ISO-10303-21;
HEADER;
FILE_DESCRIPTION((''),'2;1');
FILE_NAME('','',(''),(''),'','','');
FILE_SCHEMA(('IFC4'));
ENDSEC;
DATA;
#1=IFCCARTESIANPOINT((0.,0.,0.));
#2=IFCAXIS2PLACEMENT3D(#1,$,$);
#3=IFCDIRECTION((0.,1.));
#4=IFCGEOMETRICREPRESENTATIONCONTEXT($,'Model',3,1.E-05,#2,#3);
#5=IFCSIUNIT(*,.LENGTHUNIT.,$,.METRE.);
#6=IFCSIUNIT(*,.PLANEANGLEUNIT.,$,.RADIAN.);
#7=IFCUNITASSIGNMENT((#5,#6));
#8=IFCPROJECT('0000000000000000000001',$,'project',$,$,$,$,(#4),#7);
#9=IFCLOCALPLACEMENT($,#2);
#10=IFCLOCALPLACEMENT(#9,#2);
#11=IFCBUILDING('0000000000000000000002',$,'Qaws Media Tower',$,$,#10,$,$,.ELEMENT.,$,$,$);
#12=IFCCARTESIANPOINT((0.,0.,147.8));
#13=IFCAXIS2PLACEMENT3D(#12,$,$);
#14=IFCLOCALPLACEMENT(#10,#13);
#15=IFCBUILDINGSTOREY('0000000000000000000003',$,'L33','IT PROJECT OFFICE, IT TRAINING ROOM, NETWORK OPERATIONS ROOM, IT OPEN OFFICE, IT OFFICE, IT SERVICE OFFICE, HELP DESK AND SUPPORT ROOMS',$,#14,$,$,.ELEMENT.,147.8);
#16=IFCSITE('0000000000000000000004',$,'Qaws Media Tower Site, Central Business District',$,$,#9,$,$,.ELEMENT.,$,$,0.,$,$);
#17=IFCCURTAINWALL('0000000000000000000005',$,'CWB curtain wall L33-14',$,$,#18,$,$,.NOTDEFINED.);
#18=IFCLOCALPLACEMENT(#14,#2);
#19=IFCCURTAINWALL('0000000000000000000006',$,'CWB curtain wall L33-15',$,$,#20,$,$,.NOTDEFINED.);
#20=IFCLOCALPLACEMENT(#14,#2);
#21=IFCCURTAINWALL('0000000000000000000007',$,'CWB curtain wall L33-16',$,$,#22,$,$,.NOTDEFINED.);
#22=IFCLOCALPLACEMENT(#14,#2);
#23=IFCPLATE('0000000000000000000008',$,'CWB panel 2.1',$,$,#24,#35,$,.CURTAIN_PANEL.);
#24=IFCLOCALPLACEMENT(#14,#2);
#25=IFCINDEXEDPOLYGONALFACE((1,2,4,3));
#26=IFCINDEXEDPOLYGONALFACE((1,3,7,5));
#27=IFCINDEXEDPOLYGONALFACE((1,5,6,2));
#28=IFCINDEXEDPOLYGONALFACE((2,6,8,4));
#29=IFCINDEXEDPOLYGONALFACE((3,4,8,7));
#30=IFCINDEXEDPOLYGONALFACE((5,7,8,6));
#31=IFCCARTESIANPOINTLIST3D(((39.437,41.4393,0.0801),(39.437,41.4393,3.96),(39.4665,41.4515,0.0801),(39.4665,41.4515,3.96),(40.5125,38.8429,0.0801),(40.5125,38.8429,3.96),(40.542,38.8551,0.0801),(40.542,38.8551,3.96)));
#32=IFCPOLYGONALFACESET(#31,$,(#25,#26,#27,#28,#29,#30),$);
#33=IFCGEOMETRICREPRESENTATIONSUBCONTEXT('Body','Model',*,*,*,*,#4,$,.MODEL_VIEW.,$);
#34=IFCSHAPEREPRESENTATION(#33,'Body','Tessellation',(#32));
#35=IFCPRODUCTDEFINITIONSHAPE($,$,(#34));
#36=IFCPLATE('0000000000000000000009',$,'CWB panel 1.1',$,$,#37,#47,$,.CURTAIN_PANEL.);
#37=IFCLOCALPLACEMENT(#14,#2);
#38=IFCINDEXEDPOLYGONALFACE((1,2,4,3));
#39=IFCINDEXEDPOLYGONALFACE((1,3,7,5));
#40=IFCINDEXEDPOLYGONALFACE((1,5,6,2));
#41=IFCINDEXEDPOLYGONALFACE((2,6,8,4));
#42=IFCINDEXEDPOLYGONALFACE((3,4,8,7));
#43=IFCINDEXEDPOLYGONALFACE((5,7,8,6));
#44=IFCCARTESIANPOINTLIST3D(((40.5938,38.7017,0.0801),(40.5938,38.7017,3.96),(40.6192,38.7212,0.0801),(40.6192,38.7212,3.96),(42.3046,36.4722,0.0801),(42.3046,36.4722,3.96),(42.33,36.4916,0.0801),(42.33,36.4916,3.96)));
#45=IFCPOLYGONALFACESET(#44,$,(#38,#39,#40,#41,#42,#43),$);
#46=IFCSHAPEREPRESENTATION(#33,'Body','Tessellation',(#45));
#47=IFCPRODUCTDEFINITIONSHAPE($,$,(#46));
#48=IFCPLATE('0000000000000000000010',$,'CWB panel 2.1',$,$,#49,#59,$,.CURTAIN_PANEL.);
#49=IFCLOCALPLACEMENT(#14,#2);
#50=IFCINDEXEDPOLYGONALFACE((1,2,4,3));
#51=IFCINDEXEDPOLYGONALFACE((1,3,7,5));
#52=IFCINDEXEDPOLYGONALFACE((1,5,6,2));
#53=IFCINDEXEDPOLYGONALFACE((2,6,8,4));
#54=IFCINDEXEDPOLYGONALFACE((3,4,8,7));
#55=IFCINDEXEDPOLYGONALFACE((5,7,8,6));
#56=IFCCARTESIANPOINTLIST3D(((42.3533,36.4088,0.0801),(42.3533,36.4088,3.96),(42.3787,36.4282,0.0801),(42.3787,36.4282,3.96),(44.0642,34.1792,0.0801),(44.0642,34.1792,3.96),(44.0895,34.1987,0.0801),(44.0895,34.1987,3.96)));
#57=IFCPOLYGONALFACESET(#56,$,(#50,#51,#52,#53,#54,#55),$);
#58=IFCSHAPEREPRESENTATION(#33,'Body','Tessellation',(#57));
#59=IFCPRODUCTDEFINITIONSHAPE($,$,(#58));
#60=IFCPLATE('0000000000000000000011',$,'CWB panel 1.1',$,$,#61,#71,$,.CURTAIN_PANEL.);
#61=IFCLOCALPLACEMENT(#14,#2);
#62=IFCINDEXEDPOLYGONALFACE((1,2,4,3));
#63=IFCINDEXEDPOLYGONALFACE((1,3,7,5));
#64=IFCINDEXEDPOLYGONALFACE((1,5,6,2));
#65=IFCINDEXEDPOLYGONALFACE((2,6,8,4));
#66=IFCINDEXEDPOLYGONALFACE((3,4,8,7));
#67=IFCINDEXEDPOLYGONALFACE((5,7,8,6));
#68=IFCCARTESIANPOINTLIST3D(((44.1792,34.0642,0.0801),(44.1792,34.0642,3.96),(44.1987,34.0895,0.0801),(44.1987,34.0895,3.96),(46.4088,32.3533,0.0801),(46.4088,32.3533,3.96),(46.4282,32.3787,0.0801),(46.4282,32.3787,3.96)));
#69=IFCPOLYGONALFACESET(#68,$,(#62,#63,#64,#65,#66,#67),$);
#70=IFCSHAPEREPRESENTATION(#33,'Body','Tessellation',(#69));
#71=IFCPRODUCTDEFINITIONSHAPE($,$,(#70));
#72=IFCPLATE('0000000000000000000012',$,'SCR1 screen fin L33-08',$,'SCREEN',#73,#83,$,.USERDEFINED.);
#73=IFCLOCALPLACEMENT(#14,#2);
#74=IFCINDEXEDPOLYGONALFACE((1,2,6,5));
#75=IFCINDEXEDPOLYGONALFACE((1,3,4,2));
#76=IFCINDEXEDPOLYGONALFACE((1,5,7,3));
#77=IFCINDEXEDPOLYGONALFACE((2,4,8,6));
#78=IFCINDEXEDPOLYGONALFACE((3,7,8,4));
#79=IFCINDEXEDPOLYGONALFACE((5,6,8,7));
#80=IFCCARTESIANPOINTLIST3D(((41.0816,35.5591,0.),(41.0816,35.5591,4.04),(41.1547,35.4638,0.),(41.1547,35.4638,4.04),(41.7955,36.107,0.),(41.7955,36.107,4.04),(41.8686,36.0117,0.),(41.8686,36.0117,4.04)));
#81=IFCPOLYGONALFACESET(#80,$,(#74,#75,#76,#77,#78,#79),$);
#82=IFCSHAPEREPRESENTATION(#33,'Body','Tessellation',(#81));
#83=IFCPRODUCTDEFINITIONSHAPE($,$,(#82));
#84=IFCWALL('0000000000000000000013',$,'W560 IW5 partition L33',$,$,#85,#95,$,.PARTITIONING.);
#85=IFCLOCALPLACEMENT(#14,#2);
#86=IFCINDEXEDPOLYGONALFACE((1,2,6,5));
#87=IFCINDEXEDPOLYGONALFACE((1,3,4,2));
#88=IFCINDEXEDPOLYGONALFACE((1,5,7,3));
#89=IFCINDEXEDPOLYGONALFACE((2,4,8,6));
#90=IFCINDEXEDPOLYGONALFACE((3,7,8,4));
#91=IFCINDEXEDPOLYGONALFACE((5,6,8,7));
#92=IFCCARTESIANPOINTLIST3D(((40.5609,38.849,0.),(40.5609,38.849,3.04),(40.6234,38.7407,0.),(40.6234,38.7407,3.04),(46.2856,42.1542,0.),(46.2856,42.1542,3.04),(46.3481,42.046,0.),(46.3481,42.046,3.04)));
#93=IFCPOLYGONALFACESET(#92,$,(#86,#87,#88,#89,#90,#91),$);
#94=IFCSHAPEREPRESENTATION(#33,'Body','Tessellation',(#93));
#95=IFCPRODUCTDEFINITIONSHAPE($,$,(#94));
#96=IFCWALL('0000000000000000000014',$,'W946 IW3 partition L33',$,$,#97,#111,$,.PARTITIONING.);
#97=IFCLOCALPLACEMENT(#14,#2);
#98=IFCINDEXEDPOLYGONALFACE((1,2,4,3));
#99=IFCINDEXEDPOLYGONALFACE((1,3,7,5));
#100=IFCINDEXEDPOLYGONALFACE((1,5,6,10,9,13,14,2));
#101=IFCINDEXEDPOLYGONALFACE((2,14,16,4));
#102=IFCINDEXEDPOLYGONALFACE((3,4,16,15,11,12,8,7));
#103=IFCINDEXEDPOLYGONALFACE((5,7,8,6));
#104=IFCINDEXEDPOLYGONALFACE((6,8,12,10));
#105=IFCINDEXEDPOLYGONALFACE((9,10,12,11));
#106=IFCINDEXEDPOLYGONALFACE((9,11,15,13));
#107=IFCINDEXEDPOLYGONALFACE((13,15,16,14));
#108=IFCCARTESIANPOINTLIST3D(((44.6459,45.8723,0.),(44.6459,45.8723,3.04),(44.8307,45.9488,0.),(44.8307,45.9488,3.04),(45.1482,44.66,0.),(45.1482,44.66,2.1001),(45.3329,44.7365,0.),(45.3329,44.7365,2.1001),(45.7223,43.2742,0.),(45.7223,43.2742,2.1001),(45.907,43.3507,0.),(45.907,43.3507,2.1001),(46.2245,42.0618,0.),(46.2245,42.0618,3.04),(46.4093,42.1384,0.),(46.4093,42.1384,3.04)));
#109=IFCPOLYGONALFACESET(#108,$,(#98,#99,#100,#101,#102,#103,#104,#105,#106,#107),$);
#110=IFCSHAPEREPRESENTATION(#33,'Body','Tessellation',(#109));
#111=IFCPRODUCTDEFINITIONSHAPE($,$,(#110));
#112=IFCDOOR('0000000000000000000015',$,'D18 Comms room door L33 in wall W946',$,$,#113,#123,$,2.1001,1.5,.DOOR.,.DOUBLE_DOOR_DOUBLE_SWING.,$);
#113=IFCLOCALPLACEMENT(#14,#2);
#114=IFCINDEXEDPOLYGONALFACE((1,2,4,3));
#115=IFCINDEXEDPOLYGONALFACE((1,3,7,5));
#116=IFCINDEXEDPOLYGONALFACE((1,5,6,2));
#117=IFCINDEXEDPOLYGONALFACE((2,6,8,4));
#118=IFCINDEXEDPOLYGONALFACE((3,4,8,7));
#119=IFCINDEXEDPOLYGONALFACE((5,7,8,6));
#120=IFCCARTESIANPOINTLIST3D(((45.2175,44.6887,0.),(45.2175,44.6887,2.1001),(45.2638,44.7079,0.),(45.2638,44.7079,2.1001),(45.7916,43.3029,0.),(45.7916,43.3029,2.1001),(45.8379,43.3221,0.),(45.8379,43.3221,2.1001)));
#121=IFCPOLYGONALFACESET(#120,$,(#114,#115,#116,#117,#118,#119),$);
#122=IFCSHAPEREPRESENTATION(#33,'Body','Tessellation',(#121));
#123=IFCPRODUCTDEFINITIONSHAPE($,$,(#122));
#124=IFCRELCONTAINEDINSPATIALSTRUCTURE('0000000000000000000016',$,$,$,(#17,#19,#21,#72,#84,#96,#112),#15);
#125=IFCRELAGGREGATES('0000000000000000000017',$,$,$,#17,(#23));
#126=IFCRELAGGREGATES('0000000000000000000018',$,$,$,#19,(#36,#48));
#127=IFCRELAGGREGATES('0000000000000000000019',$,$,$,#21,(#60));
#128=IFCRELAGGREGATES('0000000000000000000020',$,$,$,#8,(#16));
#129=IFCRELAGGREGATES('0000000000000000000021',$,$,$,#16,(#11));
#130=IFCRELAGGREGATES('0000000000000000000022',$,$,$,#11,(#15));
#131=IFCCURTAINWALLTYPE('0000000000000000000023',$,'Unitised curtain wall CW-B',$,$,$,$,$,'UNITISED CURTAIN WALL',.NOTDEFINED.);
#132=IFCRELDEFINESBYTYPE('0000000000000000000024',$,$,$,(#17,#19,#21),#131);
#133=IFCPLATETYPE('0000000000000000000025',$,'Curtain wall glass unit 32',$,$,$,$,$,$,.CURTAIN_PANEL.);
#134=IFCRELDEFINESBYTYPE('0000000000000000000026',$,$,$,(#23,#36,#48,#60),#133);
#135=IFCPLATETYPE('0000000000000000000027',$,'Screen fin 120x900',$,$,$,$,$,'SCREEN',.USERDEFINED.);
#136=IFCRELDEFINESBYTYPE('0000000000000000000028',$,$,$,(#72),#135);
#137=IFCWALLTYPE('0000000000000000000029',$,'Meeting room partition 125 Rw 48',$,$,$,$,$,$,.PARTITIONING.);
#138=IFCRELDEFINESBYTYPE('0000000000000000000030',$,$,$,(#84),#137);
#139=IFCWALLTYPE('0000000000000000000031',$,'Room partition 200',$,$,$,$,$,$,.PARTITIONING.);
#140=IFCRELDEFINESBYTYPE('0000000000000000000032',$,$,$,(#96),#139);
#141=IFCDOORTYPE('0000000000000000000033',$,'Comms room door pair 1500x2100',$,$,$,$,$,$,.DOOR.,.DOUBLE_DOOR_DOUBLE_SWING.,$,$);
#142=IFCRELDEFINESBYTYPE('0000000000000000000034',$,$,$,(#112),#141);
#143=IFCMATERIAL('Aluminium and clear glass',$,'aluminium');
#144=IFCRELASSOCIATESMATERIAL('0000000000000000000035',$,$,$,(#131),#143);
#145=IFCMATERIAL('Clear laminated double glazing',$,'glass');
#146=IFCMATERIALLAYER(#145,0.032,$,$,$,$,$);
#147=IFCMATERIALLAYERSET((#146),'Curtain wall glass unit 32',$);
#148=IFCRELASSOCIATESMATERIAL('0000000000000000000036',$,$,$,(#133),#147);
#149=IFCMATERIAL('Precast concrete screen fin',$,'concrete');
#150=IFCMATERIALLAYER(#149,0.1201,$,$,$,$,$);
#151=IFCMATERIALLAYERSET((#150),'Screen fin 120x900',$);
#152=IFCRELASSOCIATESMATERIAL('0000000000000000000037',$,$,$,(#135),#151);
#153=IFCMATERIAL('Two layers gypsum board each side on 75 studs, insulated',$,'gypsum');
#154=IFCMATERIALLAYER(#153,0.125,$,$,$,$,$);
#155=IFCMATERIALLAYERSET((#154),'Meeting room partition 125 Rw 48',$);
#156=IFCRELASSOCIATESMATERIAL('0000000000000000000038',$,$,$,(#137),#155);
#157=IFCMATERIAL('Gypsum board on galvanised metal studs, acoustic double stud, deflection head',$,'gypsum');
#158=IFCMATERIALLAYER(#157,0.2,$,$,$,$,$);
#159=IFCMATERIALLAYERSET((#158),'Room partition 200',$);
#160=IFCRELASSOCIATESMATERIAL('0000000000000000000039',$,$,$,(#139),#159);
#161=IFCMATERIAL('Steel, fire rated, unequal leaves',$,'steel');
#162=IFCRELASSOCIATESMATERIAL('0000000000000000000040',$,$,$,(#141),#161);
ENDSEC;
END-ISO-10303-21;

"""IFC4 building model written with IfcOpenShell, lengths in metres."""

from ifc_helpers import new_model, si_unit, direction, frame, frame_2d, origin, origin_2d, place, context, subcontext, project, spatial, rectangle, extrude, material, layer, layer_set, type_object, element, fill, aggregate, save


model = new_model("IFC4")

# Units and contexts
model_context = context("Model", 3, precision=1e-05, world=origin(), true_north=direction((0.0, 1.0)))
body_context = subcontext(model_context, "Body", "Model", "MODEL_VIEW")
ifc_project = project(units=[si_unit("LENGTHUNIT", "METRE"), si_unit("PLANEANGLEUNIT", "RADIAN")], contexts=[model_context])

# Site, building, storey
site_placement = place(None, origin())
site = spatial("IfcSite", under=ifc_project, at=site_placement, Name="Qaws Media Tower Site, Central Business District", CompositionType="ELEMENT", RefElevation=0.0)
building_placement = place(site_placement, origin())
building = spatial("IfcBuilding", under=site, at=building_placement, Name="Qaws Media Tower", CompositionType="ELEMENT")
storey_placement = place(building_placement, frame((0.0, 0.0, 147.8)))
storey = spatial("IfcBuildingStorey", under=building, at=storey_placement, Name="L33", Description="IT PROJECT OFFICE, IT TRAINING ROOM, NETWORK OPERATIONS ROOM, IT OPEN OFFICE, IT OFFICE, IT SERVICE OFFICE, HELP DESK AND SUPPORT ROOMS", CompositionType="ELEMENT", Elevation=147.8)

# Curtain wall
ifc_material_1 = material(Name="Aluminium and clear glass", Category="aluminium")
curtain_wall_type = type_object("IfcCurtainWallType", Name="Unitised curtain wall CW-B", ElementType="UNITISED CURTAIN WALL", PredefinedType="NOTDEFINED", material=ifc_material_1)
curtain_wall_1_placement = place(storey_placement, origin())
curtain_wall_1 = element("IfcCurtainWall", 1, at=curtain_wall_1_placement, inside=storey, type_object=curtain_wall_type, Name="CWB curtain wall L33-14", PredefinedType="NOTDEFINED")

# Curtain wall
curtain_wall_2_placement = place(storey_placement, origin())
curtain_wall_2 = element("IfcCurtainWall", 2, at=curtain_wall_2_placement, inside=storey, type_object=curtain_wall_type, Name="CWB curtain wall L33-15", PredefinedType="NOTDEFINED")

# Curtain wall
curtain_wall_3_placement = place(storey_placement, origin())
curtain_wall_3 = element("IfcCurtainWall", 3, at=curtain_wall_3_placement, inside=storey, type_object=curtain_wall_type, Name="CWB curtain wall L33-16", PredefinedType="NOTDEFINED")

# Plates
ifc_material_2 = material(Name="Clear laminated double glazing", Category="glass")
ifc_layer_1 = layer(ifc_material_2, 0.032)
ifc_layer_set_1 = layer_set([ifc_layer_1], Name="Curtain wall glass unit 32")
plate_type_1 = type_object("IfcPlateType", Name="Curtain wall glass unit 32", PredefinedType="CURTAIN_PANEL", material=ifc_layer_set_1)
plate_1_placement = place(storey_placement, frame((39.9895, 40.1472, 0.0801), z_axis=(0.0, 0.0, 1.0), x_axis=(0.382684, -0.923879, 0.0)))
plate_1 = element("IfcPlate", 4, at=plate_1_placement, type_object=plate_type_1, Name="CWB panel 2.1", PredefinedType="CURTAIN_PANEL", context=body_context, shape_type="SweptSolid", body=[
    extrude(rectangle(XDim=2.8103, YDim=0.032, at=origin_2d()), origin(), (0.0, 0.0, 1.0), 3.8799),
])
aggregate(curtain_wall_1, [plate_1])
plate_2_placement = place(storey_placement, frame((41.4619, 37.5967, 0.0801), z_axis=(0.0, 0.0, 1.0), x_axis=(0.608761, -0.793353, 0.0)))
plate_2 = element("IfcPlate", 5, at=plate_2_placement, type_object=plate_type_1, Name="CWB panel 1.1", PredefinedType="CURTAIN_PANEL", context=body_context, shape_type="SweptSolid", body=[
    extrude(rectangle(XDim=2.8103, YDim=0.032, at=origin_2d()), origin(), (0.0, 0.0, 1.0), 3.8799),
])
plate_3_placement = place(storey_placement, frame((43.2214, 35.3037, 0.0801), z_axis=(0.0, 0.0, 1.0), x_axis=(0.608761, -0.793353, 0.0)))
plate_3 = element("IfcPlate", 6, at=plate_3_placement, type_object=plate_type_1, Name="CWB panel 2.1", PredefinedType="CURTAIN_PANEL", context=body_context, shape_type="SweptSolid", body=[
    extrude(rectangle(XDim=2.8103, YDim=0.032, at=origin_2d()), origin(), (0.0, 0.0, 1.0), 3.8799),
])
aggregate(curtain_wall_2, [plate_2, plate_3])
plate_4_placement = place(storey_placement, frame((45.3037, 33.2214, 0.0801), z_axis=(0.0, 0.0, 1.0), x_axis=(0.793353, -0.608761, 0.0)))
plate_4 = element("IfcPlate", 7, at=plate_4_placement, type_object=plate_type_1, Name="CWB panel 1.1", PredefinedType="CURTAIN_PANEL", context=body_context, shape_type="SweptSolid", body=[
    extrude(rectangle(XDim=2.8103, YDim=0.032, at=origin_2d()), origin(), (0.0, 0.0, 1.0), 3.8799),
])
aggregate(curtain_wall_3, [plate_4])
ifc_material_3 = material(Name="Precast concrete screen fin", Category="concrete")
ifc_layer_2 = layer(ifc_material_3, 0.1201)
ifc_layer_set_2 = layer_set([ifc_layer_2], Name="Screen fin 120x900")
plate_type_2 = type_object("IfcPlateType", Name="Screen fin 120x900", ElementType="SCREEN", PredefinedType="USERDEFINED", material=ifc_layer_set_2)
plate_5_placement = place(storey_placement, frame((41.4751, 35.7854, 0.0), z_axis=(0.0, 0.0, 1.0), x_axis=(-0.793353, -0.608761, 0.0)))
element("IfcPlate", 8, at=plate_5_placement, inside=storey, type_object=plate_type_2, Name="SCR1 screen fin L33-08", ObjectType="SCREEN", PredefinedType="USERDEFINED", context=body_context, shape_type="SweptSolid", body=[
    extrude(rectangle(XDim=0.8999, YDim=0.1201, at=origin_2d()), origin(), (0.0, 0.0, 1.0), 4.04),
])

# Wall
ifc_material_4 = material(Name="Two layers gypsum board each side on 75 studs, insulated", Category="gypsum")
ifc_layer_3 = layer(ifc_material_4, 0.125)
ifc_layer_set_3 = layer_set([ifc_layer_3], Name="Meeting room partition 125 Rw 48")
wall_type_1 = type_object("IfcWallType", Name="Meeting room partition 125 Rw 48", PredefinedType="PARTITIONING", material=ifc_layer_set_3)
wall_1_placement = place(storey_placement, frame((46.3169, 42.1001, 0.0), z_axis=(0.0, 0.0, 1.0), x_axis=(-0.866021, -0.500008, 0.0)))
element("IfcWall", 9, at=wall_1_placement, inside=storey, type_object=wall_type_1, Name="W560 IW5 partition L33", PredefinedType="PARTITIONING", context=body_context, shape_type="SweptSolid", body=[
    extrude(rectangle(XDim=6.6104, YDim=0.125, at=frame_2d((3.3052, 0.0))), origin(), (0.0, 0.0, 1.0), 3.04),
])

# Wall, opening, door
ifc_material_5 = material(Name="Gypsum board on galvanised metal studs, acoustic double stud, deflection head", Category="gypsum")
ifc_layer_4 = layer(ifc_material_5, 0.2)
ifc_layer_set_4 = layer_set([ifc_layer_4], Name="Room partition 200")
wall_type_2 = type_object("IfcWallType", Name="Room partition 200", PredefinedType="PARTITIONING", material=ifc_layer_set_4)
wall_2_placement = place(storey_placement, frame((46.3169, 42.1001, 0.0), z_axis=(0.0, 0.0, 1.0), x_axis=(-0.382732, 0.92386, 0.0)))
wall_2 = element("IfcWall", 10, at=wall_2_placement, inside=storey, type_object=wall_type_2, Name="W946 IW3 partition L33", PredefinedType="PARTITIONING", context=body_context, shape_type="SweptSolid", body=[
    extrude(rectangle(XDim=4.1245, YDim=0.2, at=frame_2d((2.0623, 0.0))), origin(), (0.0, 0.0, 1.0), 3.04),
])
opening_1_placement = place(wall_2_placement, frame((1.3123, 0.0, 0.0)))
opening_1 = element("IfcOpeningElement", 11, at=opening_1_placement, cuts=wall_2, PredefinedType="OPENING", context=body_context, shape_type="SweptSolid", body=[
    extrude(rectangle(XDim=1.5, YDim=2.1001, at=frame_2d((0.75, 1.05))), frame((0.0, 0.1099, 0.0), z_axis=(0.0, -1.0, 0.0), x_axis=(1.0, 0.0, 0.0)), (0.0, 0.0, 1.0), 0.22),
])
ifc_material_6 = material(Name="Steel, fire rated, unequal leaves", Category="steel")
door_type_1 = type_object("IfcDoorType", Name="Comms room door pair 1500x2100", OperationType="DOUBLE_DOOR_DOUBLE_SWING", PredefinedType="DOOR", material=ifc_material_6)
door_1_placement = place(opening_1_placement, origin())
door_1 = element("IfcDoor", 12, at=door_1_placement, inside=storey, type_object=door_type_1, Name="D18 Comms room door L33 in wall W946", OperationType="DOUBLE_DOOR_DOUBLE_SWING", OverallHeight=2.1001, OverallWidth=1.5, PredefinedType="DOOR", context=body_context, shape_type="SweptSolid", body=[
    extrude(rectangle(XDim=1.5, YDim=2.1001, at=frame_2d((0.75, 1.05))), frame((0.0, 0.0249, 0.0), z_axis=(0.0, -1.0, 0.0), x_axis=(1.0, 0.0, 0.0)), (0.0, 0.0, 1.0), 0.05),
])
fill(opening_1, door_1)

save(model, "model.ifc")
